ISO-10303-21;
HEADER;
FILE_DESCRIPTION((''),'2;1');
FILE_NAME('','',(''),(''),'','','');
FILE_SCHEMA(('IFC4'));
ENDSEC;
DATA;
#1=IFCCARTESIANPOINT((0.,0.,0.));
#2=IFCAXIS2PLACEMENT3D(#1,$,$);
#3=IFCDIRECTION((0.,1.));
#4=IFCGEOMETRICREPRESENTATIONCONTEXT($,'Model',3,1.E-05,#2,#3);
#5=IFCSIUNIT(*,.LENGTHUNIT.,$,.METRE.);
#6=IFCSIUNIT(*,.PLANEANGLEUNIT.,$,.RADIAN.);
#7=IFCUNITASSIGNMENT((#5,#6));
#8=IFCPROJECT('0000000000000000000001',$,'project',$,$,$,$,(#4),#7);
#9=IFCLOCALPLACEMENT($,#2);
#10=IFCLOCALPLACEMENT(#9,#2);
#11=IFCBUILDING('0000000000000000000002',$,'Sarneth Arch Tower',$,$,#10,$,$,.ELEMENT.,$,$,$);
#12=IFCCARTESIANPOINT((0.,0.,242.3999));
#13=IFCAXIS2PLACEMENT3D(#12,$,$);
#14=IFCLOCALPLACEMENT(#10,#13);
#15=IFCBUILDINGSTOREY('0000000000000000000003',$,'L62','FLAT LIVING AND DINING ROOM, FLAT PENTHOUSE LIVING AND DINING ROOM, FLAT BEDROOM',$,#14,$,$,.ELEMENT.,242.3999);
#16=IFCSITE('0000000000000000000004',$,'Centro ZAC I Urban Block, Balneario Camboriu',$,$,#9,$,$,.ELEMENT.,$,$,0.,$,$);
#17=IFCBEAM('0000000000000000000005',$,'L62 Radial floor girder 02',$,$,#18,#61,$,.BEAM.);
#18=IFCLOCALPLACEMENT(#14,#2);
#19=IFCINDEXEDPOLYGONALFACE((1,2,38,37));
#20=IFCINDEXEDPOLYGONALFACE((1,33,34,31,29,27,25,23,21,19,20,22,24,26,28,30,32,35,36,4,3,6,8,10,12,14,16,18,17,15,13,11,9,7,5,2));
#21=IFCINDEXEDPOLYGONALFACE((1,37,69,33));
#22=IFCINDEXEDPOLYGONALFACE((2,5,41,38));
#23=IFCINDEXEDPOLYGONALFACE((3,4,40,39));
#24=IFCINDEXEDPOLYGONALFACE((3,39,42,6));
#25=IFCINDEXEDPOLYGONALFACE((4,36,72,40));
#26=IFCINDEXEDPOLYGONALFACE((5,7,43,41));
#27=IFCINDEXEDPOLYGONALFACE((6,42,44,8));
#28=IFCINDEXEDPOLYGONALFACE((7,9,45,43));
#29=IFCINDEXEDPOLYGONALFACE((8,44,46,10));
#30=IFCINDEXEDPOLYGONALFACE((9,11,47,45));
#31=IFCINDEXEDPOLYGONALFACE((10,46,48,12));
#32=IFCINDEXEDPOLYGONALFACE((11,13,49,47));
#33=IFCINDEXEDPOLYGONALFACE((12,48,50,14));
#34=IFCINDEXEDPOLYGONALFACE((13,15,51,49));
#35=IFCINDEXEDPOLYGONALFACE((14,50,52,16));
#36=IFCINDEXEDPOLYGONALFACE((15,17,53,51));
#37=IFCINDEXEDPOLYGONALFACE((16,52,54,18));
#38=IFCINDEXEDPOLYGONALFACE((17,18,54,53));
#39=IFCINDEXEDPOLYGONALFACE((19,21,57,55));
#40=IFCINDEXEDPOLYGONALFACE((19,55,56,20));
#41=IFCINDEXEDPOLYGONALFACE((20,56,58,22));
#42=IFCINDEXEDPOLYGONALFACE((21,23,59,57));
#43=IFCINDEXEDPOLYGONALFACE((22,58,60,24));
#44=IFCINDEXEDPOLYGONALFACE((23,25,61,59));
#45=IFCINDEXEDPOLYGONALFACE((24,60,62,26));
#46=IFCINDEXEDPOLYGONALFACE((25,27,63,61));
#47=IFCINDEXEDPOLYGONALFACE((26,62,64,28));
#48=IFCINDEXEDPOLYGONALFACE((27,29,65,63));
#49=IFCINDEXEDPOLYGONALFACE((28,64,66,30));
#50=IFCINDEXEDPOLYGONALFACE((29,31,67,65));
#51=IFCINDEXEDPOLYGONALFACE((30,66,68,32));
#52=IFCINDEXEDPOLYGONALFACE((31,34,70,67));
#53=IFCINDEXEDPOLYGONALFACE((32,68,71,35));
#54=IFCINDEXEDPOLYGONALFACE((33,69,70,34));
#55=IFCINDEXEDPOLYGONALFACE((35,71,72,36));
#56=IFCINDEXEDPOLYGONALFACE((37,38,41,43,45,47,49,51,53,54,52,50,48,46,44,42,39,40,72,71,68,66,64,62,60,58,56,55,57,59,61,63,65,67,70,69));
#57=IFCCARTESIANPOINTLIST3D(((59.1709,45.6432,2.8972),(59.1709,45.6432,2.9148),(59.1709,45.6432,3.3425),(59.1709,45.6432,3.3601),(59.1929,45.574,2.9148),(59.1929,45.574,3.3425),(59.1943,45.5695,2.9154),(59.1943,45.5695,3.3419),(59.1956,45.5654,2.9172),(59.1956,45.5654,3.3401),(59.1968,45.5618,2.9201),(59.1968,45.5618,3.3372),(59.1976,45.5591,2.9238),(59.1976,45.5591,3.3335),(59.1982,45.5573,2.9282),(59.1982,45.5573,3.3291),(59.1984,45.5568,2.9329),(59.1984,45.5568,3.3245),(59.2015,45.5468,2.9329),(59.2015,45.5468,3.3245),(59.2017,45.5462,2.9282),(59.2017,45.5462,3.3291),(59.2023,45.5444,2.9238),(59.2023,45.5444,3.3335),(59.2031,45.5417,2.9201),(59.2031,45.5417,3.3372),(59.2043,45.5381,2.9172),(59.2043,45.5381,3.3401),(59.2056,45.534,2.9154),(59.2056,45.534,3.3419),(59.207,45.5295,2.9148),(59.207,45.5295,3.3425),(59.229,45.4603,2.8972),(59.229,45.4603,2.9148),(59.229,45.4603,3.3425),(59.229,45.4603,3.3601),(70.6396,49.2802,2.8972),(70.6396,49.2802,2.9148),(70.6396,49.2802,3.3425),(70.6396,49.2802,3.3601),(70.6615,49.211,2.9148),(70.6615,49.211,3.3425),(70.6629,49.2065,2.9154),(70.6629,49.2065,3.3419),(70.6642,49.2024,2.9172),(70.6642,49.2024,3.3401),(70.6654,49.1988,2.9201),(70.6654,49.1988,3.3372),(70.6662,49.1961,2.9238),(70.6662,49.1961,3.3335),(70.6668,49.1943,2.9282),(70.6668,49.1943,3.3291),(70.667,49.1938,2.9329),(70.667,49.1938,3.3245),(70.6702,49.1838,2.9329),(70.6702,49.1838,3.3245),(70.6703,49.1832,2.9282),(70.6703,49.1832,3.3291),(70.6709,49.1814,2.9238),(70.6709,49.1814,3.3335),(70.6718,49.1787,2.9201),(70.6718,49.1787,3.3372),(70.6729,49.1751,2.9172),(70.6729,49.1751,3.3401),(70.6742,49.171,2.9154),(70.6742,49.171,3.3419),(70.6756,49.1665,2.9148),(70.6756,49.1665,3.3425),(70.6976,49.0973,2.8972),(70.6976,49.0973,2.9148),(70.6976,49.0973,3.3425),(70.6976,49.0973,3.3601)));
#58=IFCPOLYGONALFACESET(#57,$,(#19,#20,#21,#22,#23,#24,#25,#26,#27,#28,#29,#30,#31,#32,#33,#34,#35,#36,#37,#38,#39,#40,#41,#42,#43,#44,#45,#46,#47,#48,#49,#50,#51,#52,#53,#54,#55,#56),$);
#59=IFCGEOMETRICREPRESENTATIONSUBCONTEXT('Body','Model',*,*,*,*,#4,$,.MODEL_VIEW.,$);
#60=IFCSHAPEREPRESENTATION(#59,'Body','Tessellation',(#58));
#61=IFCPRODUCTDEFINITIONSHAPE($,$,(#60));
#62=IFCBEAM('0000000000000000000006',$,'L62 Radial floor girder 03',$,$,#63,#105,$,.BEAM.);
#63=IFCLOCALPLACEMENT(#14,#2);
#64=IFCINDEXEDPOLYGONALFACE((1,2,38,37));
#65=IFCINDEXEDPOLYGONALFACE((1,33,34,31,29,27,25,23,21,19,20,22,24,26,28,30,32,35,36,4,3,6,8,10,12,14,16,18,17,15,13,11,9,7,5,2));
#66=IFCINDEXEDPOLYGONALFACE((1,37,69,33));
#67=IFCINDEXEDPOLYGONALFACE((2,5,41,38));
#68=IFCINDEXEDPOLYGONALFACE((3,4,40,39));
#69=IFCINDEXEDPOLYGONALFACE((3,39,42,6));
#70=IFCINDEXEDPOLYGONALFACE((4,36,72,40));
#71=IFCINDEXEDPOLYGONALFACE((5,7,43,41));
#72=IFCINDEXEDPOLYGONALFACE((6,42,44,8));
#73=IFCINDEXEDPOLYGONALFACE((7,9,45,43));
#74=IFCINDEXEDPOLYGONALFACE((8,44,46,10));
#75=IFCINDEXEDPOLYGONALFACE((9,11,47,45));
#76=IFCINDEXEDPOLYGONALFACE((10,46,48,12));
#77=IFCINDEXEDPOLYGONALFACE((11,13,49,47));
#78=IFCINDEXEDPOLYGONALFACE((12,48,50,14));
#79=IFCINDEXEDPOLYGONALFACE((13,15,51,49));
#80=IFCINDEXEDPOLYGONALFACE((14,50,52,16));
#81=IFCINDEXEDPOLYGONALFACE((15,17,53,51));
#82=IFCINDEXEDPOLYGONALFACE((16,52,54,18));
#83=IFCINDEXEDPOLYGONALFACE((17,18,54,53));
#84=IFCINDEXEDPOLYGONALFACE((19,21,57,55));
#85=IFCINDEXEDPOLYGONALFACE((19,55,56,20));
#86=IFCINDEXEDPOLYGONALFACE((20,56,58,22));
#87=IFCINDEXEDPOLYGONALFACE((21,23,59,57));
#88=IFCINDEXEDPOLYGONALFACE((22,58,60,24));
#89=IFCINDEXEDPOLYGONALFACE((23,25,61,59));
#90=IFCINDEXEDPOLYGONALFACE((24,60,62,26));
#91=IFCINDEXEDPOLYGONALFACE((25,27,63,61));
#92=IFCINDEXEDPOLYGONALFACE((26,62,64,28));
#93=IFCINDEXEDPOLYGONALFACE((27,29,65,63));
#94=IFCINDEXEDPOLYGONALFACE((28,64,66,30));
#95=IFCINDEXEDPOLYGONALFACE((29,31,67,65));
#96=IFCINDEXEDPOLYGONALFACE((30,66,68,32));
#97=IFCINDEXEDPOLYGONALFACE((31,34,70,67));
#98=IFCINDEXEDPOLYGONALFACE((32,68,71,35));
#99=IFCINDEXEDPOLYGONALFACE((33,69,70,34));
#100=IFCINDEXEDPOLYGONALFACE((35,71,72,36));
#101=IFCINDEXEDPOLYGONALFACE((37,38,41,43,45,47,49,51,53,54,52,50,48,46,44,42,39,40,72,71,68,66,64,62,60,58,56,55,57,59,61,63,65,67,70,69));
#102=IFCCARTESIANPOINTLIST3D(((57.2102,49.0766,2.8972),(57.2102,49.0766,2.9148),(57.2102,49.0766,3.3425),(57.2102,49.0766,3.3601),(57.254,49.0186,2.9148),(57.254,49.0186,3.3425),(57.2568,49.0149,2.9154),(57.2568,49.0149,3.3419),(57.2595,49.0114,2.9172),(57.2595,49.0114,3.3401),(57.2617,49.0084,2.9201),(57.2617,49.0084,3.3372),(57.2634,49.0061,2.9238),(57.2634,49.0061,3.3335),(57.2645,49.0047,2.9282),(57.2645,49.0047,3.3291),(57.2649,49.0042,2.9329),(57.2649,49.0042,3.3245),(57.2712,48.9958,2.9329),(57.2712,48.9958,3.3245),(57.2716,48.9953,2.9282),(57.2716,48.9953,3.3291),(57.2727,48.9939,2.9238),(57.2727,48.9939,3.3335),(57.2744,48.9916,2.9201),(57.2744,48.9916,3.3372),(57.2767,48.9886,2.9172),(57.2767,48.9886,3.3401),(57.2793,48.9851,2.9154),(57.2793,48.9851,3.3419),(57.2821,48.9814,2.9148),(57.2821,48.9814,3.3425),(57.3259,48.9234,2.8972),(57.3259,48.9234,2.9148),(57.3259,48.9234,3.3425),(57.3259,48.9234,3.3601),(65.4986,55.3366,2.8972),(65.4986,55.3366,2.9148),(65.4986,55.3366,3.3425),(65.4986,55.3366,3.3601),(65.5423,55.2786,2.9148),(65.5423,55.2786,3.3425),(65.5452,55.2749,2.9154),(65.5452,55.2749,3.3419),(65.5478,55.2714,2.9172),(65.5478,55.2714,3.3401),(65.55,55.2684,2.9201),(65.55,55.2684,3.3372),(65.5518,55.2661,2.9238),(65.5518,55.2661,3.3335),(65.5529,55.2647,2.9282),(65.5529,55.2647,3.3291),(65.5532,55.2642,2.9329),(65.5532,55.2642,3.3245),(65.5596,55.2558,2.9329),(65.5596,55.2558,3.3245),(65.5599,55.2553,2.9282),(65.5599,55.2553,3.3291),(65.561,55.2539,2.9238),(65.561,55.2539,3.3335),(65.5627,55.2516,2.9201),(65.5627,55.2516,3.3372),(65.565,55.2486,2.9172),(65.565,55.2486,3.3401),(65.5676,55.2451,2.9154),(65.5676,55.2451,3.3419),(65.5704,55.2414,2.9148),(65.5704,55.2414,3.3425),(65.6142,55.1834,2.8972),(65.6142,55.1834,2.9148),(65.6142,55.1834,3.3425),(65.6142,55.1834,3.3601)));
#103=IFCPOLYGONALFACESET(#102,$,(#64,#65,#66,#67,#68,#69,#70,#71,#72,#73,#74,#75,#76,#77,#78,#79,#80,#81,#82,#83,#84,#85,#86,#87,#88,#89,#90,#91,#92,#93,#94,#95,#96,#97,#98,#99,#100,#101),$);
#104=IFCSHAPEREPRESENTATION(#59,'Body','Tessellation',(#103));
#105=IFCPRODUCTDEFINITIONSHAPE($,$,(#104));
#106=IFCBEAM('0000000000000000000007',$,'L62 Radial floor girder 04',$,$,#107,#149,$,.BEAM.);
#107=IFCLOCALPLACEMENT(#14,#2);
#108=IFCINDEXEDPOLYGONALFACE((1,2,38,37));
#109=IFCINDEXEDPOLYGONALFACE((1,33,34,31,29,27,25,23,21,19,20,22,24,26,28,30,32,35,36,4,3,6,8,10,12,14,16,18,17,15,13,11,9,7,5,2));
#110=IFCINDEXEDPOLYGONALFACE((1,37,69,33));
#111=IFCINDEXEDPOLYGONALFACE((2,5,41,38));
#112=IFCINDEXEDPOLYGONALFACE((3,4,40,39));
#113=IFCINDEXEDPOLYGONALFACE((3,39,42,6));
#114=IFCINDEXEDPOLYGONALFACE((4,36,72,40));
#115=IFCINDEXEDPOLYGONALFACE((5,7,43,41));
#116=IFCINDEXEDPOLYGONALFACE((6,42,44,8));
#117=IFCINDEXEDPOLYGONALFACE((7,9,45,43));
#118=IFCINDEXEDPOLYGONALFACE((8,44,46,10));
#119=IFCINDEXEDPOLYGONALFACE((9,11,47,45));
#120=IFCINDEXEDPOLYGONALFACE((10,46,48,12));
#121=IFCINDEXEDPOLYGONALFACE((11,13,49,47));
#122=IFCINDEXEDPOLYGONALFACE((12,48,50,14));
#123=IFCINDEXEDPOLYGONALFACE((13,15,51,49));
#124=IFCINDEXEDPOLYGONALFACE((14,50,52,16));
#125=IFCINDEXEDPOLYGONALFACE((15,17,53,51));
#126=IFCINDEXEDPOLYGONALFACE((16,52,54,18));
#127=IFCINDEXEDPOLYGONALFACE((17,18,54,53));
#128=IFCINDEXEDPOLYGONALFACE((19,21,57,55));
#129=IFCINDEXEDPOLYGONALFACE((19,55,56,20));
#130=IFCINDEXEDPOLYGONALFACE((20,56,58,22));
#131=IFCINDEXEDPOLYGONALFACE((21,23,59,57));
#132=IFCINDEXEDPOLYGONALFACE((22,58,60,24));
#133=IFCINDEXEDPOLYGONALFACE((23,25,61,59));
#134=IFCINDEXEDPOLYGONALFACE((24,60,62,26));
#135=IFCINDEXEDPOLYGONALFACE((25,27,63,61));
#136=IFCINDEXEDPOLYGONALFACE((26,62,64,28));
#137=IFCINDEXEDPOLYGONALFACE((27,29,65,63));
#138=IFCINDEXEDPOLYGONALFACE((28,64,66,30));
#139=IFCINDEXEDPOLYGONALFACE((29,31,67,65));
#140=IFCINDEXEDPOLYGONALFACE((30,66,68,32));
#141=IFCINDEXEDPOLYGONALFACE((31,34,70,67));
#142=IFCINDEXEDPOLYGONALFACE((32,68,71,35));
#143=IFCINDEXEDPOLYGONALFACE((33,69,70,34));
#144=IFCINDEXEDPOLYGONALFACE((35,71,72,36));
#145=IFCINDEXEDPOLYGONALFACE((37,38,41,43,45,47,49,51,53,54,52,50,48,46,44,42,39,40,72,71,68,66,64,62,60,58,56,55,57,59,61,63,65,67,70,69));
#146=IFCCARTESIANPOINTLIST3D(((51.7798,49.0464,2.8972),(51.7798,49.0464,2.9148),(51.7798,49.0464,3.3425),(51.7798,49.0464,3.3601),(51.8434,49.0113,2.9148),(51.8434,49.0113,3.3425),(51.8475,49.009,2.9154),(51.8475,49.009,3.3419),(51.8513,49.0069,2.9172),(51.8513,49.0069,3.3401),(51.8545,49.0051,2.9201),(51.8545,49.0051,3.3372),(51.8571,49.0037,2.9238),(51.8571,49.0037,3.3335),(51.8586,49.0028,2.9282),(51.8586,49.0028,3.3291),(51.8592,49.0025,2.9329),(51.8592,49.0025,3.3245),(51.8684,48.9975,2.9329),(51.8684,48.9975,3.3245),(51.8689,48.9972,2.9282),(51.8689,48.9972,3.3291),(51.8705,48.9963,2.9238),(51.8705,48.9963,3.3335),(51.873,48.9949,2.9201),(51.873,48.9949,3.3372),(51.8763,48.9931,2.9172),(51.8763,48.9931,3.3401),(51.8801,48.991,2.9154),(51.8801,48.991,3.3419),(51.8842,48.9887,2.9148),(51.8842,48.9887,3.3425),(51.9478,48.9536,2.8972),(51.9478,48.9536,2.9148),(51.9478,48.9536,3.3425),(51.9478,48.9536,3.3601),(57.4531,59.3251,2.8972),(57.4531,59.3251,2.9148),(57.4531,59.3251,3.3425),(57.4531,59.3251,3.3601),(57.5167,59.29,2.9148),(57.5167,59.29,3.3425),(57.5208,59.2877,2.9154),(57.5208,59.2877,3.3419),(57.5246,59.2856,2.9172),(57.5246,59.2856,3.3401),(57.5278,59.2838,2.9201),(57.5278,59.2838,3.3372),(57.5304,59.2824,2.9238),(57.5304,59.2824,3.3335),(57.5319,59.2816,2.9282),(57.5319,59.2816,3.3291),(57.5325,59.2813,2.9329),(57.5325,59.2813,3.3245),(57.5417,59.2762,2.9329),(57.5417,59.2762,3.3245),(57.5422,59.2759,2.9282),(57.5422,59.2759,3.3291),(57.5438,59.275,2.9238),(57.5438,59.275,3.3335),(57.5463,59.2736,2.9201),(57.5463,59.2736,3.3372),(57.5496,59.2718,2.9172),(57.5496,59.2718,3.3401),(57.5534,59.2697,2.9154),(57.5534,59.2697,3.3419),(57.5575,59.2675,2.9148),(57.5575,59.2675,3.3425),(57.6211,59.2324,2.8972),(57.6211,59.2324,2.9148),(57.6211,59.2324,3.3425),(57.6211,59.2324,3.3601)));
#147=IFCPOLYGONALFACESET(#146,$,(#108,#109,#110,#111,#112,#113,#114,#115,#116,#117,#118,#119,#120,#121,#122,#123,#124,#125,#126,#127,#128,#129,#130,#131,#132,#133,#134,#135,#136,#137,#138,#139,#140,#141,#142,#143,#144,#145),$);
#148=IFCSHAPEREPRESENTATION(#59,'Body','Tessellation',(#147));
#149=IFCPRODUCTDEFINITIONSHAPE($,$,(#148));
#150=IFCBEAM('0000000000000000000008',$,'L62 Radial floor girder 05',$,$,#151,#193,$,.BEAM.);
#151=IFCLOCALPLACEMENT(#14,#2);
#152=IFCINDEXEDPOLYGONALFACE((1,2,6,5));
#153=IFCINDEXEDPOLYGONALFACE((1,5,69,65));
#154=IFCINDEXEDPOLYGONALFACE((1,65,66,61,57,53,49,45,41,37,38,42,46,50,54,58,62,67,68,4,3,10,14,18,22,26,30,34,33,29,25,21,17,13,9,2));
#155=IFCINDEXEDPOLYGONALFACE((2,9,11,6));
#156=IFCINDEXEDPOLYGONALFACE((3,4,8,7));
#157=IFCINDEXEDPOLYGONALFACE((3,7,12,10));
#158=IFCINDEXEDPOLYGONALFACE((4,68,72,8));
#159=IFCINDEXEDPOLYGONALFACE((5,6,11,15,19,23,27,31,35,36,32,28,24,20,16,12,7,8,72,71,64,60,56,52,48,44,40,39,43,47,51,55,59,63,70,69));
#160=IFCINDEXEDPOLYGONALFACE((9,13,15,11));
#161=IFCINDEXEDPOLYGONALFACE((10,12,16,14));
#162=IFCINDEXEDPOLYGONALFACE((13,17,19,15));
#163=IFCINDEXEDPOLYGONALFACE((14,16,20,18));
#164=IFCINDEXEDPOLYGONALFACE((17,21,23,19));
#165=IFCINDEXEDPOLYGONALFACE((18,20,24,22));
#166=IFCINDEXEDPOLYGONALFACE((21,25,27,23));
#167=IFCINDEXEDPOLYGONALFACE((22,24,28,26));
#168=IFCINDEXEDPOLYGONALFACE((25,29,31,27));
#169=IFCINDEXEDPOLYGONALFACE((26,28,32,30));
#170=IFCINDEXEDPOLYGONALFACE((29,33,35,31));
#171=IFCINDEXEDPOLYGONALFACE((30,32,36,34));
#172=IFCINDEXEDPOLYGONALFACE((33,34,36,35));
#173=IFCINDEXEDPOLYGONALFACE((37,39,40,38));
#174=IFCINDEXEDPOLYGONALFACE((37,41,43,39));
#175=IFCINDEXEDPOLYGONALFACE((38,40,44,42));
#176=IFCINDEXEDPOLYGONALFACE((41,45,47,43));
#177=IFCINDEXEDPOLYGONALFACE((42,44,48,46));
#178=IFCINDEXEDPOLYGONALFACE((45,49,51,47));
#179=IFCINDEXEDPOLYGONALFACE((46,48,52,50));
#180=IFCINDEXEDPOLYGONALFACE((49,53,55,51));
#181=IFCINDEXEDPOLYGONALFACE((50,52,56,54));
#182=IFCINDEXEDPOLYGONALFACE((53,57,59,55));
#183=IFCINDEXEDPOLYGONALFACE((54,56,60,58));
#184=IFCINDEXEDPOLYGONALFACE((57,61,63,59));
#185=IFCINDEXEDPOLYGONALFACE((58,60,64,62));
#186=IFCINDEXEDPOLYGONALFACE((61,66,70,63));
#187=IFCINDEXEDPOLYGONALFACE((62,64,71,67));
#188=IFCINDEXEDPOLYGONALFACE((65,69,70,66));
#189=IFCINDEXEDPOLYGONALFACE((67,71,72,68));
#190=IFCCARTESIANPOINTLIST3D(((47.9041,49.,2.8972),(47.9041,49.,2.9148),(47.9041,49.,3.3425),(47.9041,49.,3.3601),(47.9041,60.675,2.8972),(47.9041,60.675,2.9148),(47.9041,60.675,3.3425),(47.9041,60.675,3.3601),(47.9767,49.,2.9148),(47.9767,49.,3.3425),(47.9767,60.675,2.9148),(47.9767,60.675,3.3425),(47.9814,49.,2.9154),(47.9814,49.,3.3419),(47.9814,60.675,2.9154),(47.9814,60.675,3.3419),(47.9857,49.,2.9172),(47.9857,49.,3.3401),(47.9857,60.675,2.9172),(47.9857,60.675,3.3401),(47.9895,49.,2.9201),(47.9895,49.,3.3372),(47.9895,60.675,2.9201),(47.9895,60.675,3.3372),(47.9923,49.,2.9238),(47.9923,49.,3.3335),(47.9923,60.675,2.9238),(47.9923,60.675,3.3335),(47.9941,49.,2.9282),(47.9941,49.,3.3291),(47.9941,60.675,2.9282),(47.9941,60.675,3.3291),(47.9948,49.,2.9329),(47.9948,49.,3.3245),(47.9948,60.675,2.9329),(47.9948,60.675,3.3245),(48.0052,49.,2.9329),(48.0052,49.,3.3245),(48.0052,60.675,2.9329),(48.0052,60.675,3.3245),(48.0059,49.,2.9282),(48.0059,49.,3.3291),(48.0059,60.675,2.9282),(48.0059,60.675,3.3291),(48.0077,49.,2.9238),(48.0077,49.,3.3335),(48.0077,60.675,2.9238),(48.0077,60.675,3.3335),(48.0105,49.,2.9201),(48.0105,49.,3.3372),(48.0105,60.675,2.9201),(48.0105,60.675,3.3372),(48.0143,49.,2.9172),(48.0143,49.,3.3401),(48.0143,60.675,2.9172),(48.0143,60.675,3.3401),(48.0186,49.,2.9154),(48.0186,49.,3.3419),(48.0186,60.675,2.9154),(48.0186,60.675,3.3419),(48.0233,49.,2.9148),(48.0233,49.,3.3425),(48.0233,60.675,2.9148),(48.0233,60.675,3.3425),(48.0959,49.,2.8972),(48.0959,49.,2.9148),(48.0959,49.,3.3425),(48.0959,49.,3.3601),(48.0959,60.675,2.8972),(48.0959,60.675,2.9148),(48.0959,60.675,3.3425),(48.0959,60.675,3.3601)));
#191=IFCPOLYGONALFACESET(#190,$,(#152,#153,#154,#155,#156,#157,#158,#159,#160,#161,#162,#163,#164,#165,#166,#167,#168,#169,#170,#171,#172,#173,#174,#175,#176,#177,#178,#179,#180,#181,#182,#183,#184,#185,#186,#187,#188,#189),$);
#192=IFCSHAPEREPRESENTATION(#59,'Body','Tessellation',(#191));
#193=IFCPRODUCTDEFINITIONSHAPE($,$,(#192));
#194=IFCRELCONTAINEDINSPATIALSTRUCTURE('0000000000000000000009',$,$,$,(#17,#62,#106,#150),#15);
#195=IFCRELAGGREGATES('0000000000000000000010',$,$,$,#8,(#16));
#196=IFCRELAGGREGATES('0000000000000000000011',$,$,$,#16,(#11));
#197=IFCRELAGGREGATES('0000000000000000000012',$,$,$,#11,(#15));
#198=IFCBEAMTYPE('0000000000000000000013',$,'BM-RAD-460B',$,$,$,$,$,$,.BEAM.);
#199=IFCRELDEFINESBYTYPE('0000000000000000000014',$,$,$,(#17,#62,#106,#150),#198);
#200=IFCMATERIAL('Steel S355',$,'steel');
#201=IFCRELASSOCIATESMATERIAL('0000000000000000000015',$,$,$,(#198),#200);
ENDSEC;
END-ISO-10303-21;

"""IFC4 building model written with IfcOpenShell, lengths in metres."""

from ifc_helpers import new_model, si_unit, direction, frame, origin, origin_2d, place, context, subcontext, project, spatial, i_section, extrude, material, material_profile, profile_set, type_object, element, save


model = new_model("IFC4")

# Units and contexts
model_context = context("Model", 3, precision=1e-05, world=origin(), true_north=direction((0.0, 1.0)))
body_context = subcontext(model_context, "Body", "Model", "MODEL_VIEW")
ifc_project = project(units=[si_unit("LENGTHUNIT", "METRE"), si_unit("PLANEANGLEUNIT", "RADIAN")], contexts=[model_context])

# Site, building, storey
site_placement = place(None, origin())
site = spatial("IfcSite", under=ifc_project, at=site_placement, Name="Centro ZAC I Urban Block, Balneario Camboriu", CompositionType="ELEMENT", RefElevation=0.0)
building_placement = place(site_placement, origin())
building = spatial("IfcBuilding", under=site, at=building_placement, Name="Sarneth Arch Tower", CompositionType="ELEMENT")
storey_placement = place(building_placement, frame((0.0, 0.0, 242.3999)))
storey = spatial("IfcBuildingStorey", under=building, at=storey_placement, Name="L62", Description="FLAT LIVING AND DINING ROOM, FLAT PENTHOUSE LIVING AND DINING ROOM, FLAT BEDROOM", CompositionType="ELEMENT", Elevation=242.3999)

# Beams
ifc_material_1 = material(Name="Steel S355", Category="steel")
ifc_material_profile_1 = material_profile(ifc_material_1, i_section(OverallWidth=0.1919, OverallDepth=0.4629, WebThickness=0.0105, FlangeThickness=0.0176, FilletRadius=0.0181, at=origin_2d()), Name="W460x89")
ifc_profile_set_1 = profile_set([ifc_material_profile_1], Name="Steel S355")
beam_type_1 = type_object("IfcBeamType", Name="BM-RAD-460B", PredefinedType="BEAM", material=ifc_profile_set_1)
beam_1_placement = place(storey_placement, frame((59.2, 45.5518, 3.1287), z_axis=(0.953216, 0.30229, 0.0), x_axis=(-0.30229, 0.953216, 0.0)))
element("IfcBeam", 1, at=beam_1_placement, inside=storey, type_object=beam_type_1, Name="L62 Radial floor girder 02", PredefinedType="BEAM", context=body_context, shape_type="SweptSolid", body=[
    extrude(i_section(OverallWidth=0.1919, OverallDepth=0.4629, WebThickness=0.0105, FlangeThickness=0.0176, FilletRadius=0.0181, at=origin_2d()), origin(), (0.0, 0.0, 1.0), 12.0315),
])
beam_2_placement = place(storey_placement, frame((57.2681, 49.0, 3.1287), z_axis=(0.797973, 0.602693, 0.0), x_axis=(-0.602693, 0.797973, 0.0)))
element("IfcBeam", 2, at=beam_2_placement, inside=storey, type_object=beam_type_1, Name="L62 Radial floor girder 03", PredefinedType="BEAM", context=body_context, shape_type="SweptSolid", body=[
    extrude(i_section(OverallWidth=0.1919, OverallDepth=0.4629, WebThickness=0.0105, FlangeThickness=0.0176, FilletRadius=0.0181, at=origin_2d()), origin(), (0.0, 0.0, 1.0), 10.3867),
])
beam_3_placement = place(storey_placement, frame((51.8638, 49.0, 3.1287), z_axis=(0.483226, 0.875496, 0.0), x_axis=(-0.875496, 0.483226, 0.0)))
element("IfcBeam", 3, at=beam_3_placement, inside=storey, type_object=beam_type_1, Name="L62 Radial floor girder 04", PredefinedType="BEAM", context=body_context, shape_type="SweptSolid", body=[
    extrude(i_section(OverallWidth=0.1919, OverallDepth=0.4629, WebThickness=0.0105, FlangeThickness=0.0176, FilletRadius=0.0181, at=origin_2d()), origin(), (0.0, 0.0, 1.0), 11.7405),
])
beam_4_placement = place(storey_placement, frame((48.0, 49.0, 3.1287), z_axis=(0.0, 1.0, 0.0), x_axis=(-1.0, 0.0, 0.0)))
element("IfcBeam", 4, at=beam_4_placement, inside=storey, type_object=beam_type_1, Name="L62 Radial floor girder 05", PredefinedType="BEAM", context=body_context, shape_type="SweptSolid", body=[
    extrude(i_section(OverallWidth=0.1919, OverallDepth=0.4629, WebThickness=0.0105, FlangeThickness=0.0176, FilletRadius=0.0181, at=origin_2d()), origin(), (0.0, 0.0, 1.0), 11.675),
])

save(model, "model.ifc")
